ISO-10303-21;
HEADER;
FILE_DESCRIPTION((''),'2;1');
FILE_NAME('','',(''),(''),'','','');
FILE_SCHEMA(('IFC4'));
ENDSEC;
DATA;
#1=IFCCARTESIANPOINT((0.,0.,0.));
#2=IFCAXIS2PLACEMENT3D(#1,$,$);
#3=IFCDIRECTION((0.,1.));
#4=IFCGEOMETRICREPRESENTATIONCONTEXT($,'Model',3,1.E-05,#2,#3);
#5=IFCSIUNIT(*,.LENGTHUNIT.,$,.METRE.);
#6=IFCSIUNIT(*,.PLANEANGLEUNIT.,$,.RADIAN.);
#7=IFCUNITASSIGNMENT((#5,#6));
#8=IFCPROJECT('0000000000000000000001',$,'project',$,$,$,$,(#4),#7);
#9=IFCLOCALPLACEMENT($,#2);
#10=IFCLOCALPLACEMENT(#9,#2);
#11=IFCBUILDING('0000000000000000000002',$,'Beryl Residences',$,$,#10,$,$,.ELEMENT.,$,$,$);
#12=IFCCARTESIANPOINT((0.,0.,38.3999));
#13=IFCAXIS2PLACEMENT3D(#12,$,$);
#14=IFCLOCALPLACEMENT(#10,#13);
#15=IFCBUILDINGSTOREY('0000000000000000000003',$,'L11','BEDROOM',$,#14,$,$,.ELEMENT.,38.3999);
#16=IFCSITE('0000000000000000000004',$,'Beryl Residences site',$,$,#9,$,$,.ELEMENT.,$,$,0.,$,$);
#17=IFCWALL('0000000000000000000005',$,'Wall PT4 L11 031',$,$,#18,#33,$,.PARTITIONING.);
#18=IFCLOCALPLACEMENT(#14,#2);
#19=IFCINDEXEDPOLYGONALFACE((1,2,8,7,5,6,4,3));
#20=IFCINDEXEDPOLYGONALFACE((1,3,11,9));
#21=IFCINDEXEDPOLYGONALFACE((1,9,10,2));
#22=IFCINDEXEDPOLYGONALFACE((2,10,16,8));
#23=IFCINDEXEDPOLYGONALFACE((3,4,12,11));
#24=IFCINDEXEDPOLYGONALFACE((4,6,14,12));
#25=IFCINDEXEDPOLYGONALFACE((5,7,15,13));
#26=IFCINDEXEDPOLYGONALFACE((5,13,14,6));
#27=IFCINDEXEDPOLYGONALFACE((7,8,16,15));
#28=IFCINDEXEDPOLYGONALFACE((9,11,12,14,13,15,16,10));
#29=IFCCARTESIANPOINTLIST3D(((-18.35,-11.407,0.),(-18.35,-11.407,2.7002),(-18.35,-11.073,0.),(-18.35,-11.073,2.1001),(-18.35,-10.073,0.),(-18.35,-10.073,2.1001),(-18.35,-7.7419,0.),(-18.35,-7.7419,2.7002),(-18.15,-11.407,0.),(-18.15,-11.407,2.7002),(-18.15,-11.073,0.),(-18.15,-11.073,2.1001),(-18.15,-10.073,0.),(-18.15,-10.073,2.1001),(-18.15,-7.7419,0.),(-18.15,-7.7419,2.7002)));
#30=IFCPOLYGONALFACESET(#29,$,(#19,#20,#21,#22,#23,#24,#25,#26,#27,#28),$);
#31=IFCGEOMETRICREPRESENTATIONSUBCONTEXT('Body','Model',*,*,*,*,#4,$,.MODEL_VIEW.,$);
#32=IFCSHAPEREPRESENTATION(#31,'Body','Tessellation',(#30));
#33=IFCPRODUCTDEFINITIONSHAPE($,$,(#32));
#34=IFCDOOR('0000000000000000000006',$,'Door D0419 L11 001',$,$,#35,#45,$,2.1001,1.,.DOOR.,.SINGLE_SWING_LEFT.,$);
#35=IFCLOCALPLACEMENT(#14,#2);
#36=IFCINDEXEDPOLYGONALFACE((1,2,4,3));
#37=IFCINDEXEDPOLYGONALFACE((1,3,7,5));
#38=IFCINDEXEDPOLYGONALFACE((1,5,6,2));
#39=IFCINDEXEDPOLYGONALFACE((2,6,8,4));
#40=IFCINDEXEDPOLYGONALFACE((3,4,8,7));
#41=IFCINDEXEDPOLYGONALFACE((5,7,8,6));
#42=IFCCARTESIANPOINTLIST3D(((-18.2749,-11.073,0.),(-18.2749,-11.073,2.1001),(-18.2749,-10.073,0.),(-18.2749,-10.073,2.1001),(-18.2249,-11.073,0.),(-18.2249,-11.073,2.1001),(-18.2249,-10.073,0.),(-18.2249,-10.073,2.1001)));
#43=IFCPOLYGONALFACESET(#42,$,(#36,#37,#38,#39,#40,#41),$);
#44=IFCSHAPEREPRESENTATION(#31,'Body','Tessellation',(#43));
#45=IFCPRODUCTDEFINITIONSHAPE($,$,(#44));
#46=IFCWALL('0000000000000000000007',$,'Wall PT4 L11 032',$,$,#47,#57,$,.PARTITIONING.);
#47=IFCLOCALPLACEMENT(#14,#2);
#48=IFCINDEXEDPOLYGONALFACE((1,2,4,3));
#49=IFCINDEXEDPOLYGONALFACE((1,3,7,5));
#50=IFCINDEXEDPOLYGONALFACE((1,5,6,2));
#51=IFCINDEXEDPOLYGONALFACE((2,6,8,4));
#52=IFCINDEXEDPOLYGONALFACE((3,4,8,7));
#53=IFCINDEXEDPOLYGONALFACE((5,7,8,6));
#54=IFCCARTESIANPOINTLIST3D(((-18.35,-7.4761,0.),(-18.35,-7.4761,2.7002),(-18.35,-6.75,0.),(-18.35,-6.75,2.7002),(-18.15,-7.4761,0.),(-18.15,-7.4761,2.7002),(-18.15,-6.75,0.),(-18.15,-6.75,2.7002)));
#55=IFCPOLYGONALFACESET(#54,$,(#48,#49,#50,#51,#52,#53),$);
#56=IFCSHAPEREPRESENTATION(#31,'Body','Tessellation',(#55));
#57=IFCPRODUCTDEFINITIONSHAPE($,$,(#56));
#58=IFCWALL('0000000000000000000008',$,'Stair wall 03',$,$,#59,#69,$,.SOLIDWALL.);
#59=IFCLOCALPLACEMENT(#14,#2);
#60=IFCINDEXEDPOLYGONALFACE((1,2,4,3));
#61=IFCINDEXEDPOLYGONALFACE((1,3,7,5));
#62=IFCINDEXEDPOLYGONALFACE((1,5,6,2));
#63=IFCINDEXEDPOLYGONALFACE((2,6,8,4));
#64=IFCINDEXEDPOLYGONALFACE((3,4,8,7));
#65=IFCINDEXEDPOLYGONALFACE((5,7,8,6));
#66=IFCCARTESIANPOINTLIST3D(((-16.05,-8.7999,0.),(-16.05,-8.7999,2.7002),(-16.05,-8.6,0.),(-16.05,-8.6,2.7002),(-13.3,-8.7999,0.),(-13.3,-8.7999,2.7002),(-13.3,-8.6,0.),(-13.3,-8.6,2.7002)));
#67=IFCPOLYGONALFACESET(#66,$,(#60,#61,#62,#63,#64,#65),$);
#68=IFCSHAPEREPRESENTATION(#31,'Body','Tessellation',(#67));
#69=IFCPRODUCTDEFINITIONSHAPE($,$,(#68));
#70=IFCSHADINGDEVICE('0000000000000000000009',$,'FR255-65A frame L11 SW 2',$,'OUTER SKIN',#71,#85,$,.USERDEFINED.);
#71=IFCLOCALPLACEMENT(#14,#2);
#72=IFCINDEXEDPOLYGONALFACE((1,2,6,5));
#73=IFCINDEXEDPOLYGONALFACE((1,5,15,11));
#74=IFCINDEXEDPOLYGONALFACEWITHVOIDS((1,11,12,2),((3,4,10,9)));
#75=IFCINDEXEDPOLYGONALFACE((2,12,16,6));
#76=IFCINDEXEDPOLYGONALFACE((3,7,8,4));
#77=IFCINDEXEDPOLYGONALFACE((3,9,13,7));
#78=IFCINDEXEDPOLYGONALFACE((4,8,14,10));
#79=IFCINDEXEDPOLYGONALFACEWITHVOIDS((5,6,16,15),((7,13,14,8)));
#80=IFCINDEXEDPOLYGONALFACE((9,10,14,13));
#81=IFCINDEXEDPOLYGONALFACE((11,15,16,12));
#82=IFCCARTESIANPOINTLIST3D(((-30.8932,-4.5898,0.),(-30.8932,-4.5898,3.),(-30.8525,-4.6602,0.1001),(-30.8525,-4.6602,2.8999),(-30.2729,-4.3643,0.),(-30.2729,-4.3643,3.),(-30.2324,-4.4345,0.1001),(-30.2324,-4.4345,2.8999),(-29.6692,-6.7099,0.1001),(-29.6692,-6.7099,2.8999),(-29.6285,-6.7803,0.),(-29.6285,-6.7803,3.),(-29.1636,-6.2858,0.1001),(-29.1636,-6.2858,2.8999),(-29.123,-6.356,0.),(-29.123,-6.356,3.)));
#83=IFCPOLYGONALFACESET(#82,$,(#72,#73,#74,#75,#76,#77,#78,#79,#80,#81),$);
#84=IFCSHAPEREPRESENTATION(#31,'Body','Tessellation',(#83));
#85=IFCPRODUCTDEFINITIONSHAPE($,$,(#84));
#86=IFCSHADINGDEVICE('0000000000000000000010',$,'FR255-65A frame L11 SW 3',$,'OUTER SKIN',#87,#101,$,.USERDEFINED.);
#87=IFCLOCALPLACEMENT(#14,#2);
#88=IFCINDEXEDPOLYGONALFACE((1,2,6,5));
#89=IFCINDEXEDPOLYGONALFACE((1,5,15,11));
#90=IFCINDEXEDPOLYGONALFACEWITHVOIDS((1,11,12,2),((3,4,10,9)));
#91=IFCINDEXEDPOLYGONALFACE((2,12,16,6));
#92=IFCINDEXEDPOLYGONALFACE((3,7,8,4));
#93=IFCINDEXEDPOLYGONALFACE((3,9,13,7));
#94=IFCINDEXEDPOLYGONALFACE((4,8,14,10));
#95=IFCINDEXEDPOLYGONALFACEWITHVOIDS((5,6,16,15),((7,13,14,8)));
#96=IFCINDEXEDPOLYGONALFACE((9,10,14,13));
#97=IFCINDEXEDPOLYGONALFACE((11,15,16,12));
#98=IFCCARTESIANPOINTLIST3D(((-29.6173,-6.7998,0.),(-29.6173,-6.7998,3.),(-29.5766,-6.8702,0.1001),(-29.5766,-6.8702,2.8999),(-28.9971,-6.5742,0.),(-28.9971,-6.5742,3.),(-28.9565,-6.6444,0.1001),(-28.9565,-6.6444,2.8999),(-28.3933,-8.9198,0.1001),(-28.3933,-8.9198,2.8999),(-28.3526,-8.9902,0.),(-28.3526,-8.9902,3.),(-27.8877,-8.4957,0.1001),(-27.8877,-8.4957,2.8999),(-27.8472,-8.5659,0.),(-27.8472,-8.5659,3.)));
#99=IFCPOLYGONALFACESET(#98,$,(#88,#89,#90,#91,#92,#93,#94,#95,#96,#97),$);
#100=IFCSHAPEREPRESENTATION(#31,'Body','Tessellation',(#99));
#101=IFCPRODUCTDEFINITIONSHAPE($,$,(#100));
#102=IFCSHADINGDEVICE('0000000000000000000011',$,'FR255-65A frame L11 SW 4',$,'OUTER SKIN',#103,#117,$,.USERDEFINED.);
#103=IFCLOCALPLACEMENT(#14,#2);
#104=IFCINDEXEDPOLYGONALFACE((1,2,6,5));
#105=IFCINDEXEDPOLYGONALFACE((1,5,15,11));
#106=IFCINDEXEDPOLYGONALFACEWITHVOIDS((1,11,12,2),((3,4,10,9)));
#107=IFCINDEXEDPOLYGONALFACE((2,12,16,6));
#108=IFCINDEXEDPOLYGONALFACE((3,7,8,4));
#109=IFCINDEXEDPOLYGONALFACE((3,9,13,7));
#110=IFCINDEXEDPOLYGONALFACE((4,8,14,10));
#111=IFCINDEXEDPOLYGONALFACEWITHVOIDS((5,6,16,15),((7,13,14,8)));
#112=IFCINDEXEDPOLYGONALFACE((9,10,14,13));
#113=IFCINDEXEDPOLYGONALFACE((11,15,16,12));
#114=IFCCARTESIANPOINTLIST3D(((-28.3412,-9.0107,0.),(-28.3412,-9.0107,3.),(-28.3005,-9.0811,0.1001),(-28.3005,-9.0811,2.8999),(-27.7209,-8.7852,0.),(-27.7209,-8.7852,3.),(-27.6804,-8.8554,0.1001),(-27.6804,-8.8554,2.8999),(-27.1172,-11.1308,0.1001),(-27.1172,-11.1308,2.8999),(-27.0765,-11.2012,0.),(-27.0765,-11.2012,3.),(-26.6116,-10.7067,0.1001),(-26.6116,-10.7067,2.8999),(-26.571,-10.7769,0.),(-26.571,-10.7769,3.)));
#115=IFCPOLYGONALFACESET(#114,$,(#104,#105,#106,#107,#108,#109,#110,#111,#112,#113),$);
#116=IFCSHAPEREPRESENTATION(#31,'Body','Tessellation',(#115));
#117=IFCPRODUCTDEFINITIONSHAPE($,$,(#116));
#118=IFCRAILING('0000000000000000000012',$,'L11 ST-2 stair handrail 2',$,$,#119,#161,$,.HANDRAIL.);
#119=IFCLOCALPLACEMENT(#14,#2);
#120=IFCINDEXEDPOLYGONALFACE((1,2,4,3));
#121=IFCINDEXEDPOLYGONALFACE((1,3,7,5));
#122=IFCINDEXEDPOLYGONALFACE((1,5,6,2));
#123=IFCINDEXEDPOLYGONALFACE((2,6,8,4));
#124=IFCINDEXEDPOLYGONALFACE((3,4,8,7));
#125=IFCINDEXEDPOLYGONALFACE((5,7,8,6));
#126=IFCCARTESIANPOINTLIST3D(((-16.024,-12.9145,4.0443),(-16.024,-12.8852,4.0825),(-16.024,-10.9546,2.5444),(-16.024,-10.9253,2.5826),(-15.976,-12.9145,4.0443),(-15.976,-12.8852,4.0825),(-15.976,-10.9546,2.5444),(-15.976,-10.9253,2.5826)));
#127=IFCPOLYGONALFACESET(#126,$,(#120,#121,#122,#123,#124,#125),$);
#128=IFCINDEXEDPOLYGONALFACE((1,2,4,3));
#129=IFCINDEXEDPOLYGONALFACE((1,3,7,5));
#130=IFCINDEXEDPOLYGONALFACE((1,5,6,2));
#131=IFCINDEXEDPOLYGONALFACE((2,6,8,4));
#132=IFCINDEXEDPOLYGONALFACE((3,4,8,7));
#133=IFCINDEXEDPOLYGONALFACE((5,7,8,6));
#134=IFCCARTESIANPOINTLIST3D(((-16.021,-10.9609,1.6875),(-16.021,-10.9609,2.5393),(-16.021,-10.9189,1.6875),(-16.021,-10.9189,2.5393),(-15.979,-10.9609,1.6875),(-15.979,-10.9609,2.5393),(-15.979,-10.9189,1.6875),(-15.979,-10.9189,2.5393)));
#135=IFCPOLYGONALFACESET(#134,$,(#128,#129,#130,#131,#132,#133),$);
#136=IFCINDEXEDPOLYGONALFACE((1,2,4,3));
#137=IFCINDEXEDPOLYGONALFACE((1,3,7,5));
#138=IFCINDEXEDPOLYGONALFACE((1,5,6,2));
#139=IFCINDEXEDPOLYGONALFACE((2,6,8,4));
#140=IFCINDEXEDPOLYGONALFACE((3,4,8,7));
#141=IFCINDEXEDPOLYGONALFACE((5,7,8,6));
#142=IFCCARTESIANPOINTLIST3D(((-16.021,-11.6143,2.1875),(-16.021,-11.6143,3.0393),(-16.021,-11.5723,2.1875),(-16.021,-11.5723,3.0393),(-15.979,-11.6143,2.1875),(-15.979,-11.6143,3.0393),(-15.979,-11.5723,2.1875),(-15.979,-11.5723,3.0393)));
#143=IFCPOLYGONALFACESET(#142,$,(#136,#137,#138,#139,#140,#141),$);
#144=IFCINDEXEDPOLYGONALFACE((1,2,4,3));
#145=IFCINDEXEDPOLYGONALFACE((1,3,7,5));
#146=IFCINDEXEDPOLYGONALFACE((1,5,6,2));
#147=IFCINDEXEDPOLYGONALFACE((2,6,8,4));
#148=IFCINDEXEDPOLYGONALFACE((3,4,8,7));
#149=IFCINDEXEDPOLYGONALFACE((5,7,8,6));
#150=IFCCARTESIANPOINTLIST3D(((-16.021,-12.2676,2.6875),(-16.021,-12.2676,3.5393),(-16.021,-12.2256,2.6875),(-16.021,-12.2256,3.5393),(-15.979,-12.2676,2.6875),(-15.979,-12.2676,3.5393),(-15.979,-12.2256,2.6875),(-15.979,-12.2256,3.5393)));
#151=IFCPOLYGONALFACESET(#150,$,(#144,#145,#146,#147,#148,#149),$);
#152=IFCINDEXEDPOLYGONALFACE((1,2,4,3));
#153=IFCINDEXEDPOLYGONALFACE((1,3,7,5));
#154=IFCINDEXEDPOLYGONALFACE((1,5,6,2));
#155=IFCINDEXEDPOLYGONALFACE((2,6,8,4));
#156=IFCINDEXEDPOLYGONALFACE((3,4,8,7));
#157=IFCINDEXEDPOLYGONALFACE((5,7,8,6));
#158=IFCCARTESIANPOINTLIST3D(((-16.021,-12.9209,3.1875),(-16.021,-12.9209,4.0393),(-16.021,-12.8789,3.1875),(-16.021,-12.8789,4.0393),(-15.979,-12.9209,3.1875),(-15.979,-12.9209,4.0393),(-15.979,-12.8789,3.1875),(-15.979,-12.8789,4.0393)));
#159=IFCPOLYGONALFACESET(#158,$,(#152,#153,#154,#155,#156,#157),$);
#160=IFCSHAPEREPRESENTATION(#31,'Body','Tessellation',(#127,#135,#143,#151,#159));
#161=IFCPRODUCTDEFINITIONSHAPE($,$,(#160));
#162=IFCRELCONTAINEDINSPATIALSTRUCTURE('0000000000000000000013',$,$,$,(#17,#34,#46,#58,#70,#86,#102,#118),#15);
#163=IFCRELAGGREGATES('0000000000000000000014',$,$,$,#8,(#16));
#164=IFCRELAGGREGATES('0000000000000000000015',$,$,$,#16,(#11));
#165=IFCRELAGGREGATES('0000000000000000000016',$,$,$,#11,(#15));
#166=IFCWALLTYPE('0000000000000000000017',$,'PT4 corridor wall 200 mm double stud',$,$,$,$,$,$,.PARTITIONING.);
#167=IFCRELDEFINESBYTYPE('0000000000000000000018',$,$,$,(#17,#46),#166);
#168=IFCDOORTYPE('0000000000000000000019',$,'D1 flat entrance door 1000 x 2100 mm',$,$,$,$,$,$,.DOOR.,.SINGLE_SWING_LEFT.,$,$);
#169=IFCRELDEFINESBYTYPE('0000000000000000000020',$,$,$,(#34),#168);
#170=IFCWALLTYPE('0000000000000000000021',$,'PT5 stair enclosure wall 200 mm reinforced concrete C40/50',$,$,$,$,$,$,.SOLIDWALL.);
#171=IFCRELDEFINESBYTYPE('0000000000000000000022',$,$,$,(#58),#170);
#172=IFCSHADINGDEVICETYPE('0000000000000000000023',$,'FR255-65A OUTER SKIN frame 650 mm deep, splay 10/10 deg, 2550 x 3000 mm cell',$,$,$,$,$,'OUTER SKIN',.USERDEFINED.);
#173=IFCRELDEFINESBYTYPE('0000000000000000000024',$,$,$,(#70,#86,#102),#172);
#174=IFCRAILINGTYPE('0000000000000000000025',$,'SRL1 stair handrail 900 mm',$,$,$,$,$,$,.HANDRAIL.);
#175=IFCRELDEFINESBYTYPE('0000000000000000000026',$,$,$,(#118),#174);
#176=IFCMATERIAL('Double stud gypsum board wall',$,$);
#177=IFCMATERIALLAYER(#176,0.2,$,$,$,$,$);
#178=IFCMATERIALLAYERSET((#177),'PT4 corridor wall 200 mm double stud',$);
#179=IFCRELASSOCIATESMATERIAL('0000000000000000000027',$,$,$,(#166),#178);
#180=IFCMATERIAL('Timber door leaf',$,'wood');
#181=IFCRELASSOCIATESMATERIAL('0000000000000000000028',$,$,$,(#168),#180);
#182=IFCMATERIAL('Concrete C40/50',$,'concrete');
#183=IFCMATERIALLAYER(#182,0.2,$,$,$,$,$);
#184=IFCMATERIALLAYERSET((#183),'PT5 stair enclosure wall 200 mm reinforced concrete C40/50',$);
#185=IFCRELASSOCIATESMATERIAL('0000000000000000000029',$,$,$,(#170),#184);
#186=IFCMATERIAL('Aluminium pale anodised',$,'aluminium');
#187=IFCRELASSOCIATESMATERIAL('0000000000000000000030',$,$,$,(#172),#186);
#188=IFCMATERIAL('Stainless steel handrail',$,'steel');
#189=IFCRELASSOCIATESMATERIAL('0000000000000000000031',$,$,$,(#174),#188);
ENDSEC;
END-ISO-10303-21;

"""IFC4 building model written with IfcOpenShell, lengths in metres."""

from ifc_helpers import new_model, entity, si_unit, direction, frame, frame_2d, origin, origin_2d, place, context, subcontext, project, spatial, rectangle, extrude, source, transform, mapped, material, layer, layer_set, type_object, type_shapes, element, fill, save


model = new_model("IFC4")

# Units and contexts
model_context = context("Model", 3, precision=1e-05, world=origin(), true_north=direction((0.0, 1.0)))
body_context = subcontext(model_context, "Body", "Model", "MODEL_VIEW")
ifc_project = project(units=[si_unit("LENGTHUNIT", "METRE"), si_unit("PLANEANGLEUNIT", "RADIAN")], contexts=[model_context])

# Site, building, storey
site_placement = place(None, origin())
site = spatial("IfcSite", under=ifc_project, at=site_placement, Name="Beryl Residences site", CompositionType="ELEMENT", RefElevation=0.0)
building_placement = place(site_placement, origin())
building = spatial("IfcBuilding", under=site, at=building_placement, Name="Beryl Residences", CompositionType="ELEMENT")
storey_placement = place(building_placement, frame((0.0, 0.0, 38.3999)))
storey = spatial("IfcBuildingStorey", under=building, at=storey_placement, Name="L11", Description="BEDROOM", CompositionType="ELEMENT", Elevation=38.3999)

# Shared definitions
ifc_material_1 = material(Name="Double stud gypsum board wall")
ifc_layer_1 = layer(ifc_material_1, 0.2)
ifc_layer_set_1 = layer_set([ifc_layer_1], Name="PT4 corridor wall 200 mm double stud")
wall_type_1 = type_object("IfcWallType", Name="PT4 corridor wall 200 mm double stud", PredefinedType="PARTITIONING", material=ifc_layer_set_1)

# Wall, opening, door
wall_1_placement = place(storey_placement, frame((-18.25, -11.407, 0.0), z_axis=(0.0, 0.0, 1.0), x_axis=(0.0, 1.0, 0.0)))
wall_1 = element("IfcWall", 1, at=wall_1_placement, inside=storey, type_object=wall_type_1, Name="Wall PT4 L11 031", PredefinedType="PARTITIONING", context=body_context, shape_type="SweptSolid", body=[
    extrude(rectangle(XDim=3.665, YDim=0.2, at=frame_2d((1.8325, 0.0))), origin(), (0.0, 0.0, 1.0), 2.7002),
])
opening_1_placement = place(wall_1_placement, frame((0.334, 0.0, 0.0)))
opening_1 = element("IfcOpeningElement", 2, at=opening_1_placement, cuts=wall_1, PredefinedType="OPENING", context=body_context, shape_type="SweptSolid", body=[
    extrude(rectangle(XDim=1.0, YDim=2.1001, at=frame_2d((0.5, 1.05))), frame((0.0, 0.1099, 0.0), z_axis=(0.0, -1.0, 0.0), x_axis=(1.0, 0.0, 0.0)), (0.0, 0.0, 1.0), 0.22),
])
ifc_material_2 = material(Name="Timber door leaf", Category="wood")
door_type_1 = type_object("IfcDoorType", Name="D1 flat entrance door 1000 x 2100 mm", OperationType="SINGLE_SWING_LEFT", PredefinedType="DOOR", material=ifc_material_2)
door_1_placement = place(opening_1_placement, origin())
door_1 = element("IfcDoor", 3, at=door_1_placement, inside=storey, type_object=door_type_1, Name="Door D0419 L11 001", OperationType="SINGLE_SWING_LEFT", OverallHeight=2.1001, OverallWidth=1.0, PredefinedType="DOOR", context=body_context, shape_type="SweptSolid", body=[
    extrude(rectangle(XDim=1.0, YDim=2.1001, at=frame_2d((0.5, 1.05))), frame((0.0, 0.0249, 0.0), z_axis=(0.0, -1.0, 0.0), x_axis=(1.0, 0.0, 0.0)), (0.0, 0.0, 1.0), 0.05),
])
fill(opening_1, door_1)

# Walls
wall_2_placement = place(storey_placement, frame((-18.25, -7.4761, 0.0), z_axis=(0.0, 0.0, 1.0), x_axis=(0.0, 1.0, 0.0)))
element("IfcWall", 4, at=wall_2_placement, inside=storey, type_object=wall_type_1, Name="Wall PT4 L11 032", PredefinedType="PARTITIONING", context=body_context, shape_type="SweptSolid", body=[
    extrude(rectangle(XDim=0.7261, YDim=0.2, at=frame_2d((0.363, 0.0))), origin(), (0.0, 0.0, 1.0), 2.7002),
])
ifc_material_3 = material(Name="Concrete C40/50", Category="concrete")
ifc_layer_2 = layer(ifc_material_3, 0.2)
ifc_layer_set_2 = layer_set([ifc_layer_2], Name="PT5 stair enclosure wall 200 mm reinforced concrete C40/50")
wall_type_2 = type_object("IfcWallType", Name="PT5 stair enclosure wall 200 mm reinforced concrete C40/50", PredefinedType="SOLIDWALL", material=ifc_layer_set_2)
wall_3_placement = place(storey_placement, frame((-16.05, -8.7, 0.0), z_axis=(0.0, 0.0, 1.0), x_axis=(1.0, 0.0, 0.0)))
element("IfcWall", 5, at=wall_3_placement, inside=storey, type_object=wall_type_2, Name="Stair wall 03", PredefinedType="SOLIDWALL", context=body_context, shape_type="SweptSolid", body=[
    extrude(rectangle(XDim=2.75, YDim=0.2, at=frame_2d((1.375, 0.0))), origin(), (0.0, 0.0, 1.0), 2.7002),
])

# Shading devices
ifc_material_4 = material(Name="Aluminium pale anodised", Category="aluminium")
shading_device_type = type_object("IfcShadingDeviceType", Name="FR255-65A OUTER SKIN frame 650 mm deep, splay 10/10 deg, 2550 x 3000 mm cell", ElementType="OUTER SKIN", PredefinedType="USERDEFINED", material=ifc_material_4)
cartesian_point_1 = entity("IfcCartesianPoint", [-1.1499, 0.0])
cartesian_point_2 = entity("IfcCartesianPoint", [-1.0688, 0.1001])
cartesian_point_3 = entity("IfcCartesianPoint", [-1.2646, 0.0])
cartesian_point_4 = entity("IfcCartesianPoint", [-1.1833, 0.1001])
shared_shape = source(origin(), body_context, "Body", "SweptSolid", [
    entity("IfcExtrudedAreaSolidTapered", entity("IfcArbitraryProfileDefWithVoids", "AREA", None, entity("IfcPolyline", [cartesian_point_1, entity("IfcCartesianPoint", [1.1499, 0.0]), entity("IfcCartesianPoint", [1.1499, 3.0]), entity("IfcCartesianPoint", [-1.1499, 3.0]), cartesian_point_1]), [entity("IfcPolyline", [cartesian_point_2, entity("IfcCartesianPoint", [1.0688, 0.1001]), entity("IfcCartesianPoint", [1.0688, 2.8999]), entity("IfcCartesianPoint", [-1.0688, 2.8999]), cartesian_point_2])]), entity("IfcAxis2Placement3D", entity("IfcCartesianPoint", [0.0, 0.0, 0.0]), entity("IfcDirection", [0.0, 1.0, 0.0]), entity("IfcDirection", [-1.0, 0.0, 0.0])), entity("IfcDirection", [0.0, 0.0, 1.0]), 0.6499, entity("IfcArbitraryProfileDefWithVoids", "AREA", None, entity("IfcPolyline", [cartesian_point_3, entity("IfcCartesianPoint", [1.2646, 0.0]), entity("IfcCartesianPoint", [1.2646, 3.0]), entity("IfcCartesianPoint", [-1.2646, 3.0]), cartesian_point_3]), [entity("IfcPolyline", [cartesian_point_4, entity("IfcCartesianPoint", [1.1833, 0.1001]), entity("IfcCartesianPoint", [1.1833, 2.8999]), entity("IfcCartesianPoint", [-1.1833, 2.8999]), cartesian_point_4])])),
])
type_shapes(shading_device_type, [shared_shape])
for number, where, z_axis, x_axis, name in (
    (6, (-29.698, -5.3601, 0.0), (0.0, 0.0, 1.0), (-0.5, 0.866025, 0.0), "FR255-65A frame L11 SW 2"),
    (7, (-28.4221, -7.5701, 0.0), (0.0, 0.0, 1.0), (-0.5, 0.866025, 0.0), "FR255-65A frame L11 SW 3"),
    (8, (-27.146, -9.781, 0.0), (0.0, 0.0, 1.0), (-0.5, 0.866025, 0.0), "FR255-65A frame L11 SW 4"),
):
    element("IfcShadingDevice", number, at=place(storey_placement, frame(where, z_axis=z_axis, x_axis=x_axis)), inside=storey, type_object=shading_device_type, Name=name, ObjectType="OUTER SKIN", PredefinedType="USERDEFINED", context=body_context, shape_type="MappedRepresentation", body=[
        mapped(shared_shape, transform((0.0, 0.0, 0.0))),
    ])

# Railing
ifc_material_5 = material(Name="Stainless steel handrail", Category="steel")
railing_type = type_object("IfcRailingType", Name="SRL1 stair handrail 900 mm", PredefinedType="HANDRAIL", material=ifc_material_5)
railing_placement = place(storey_placement, frame((-16.0, -10.9399, 1.6875)))
element("IfcRailing", 9, at=railing_placement, inside=storey, type_object=railing_type, Name="L11 ST-2 stair handrail 2", PredefinedType="HANDRAIL", context=body_context, shape_type="SweptSolid", body=[
    extrude(rectangle(XDim=0.0481, YDim=0.0481, at=origin_2d()), frame((0.0, 0.0, 0.876), z_axis=(0.0, -0.794122, 0.607758), x_axis=(1.0, 0.0, 0.0)), (0.0, 0.0, 1.0), 2.468),
    extrude(rectangle(XDim=0.042, YDim=0.042, at=origin_2d()), origin(), (0.0, 0.0, 1.0), 0.8518),
    extrude(rectangle(XDim=0.042, YDim=0.042, at=origin_2d()), frame((0.0, -0.6533, 0.5)), (0.0, 0.0, 1.0), 0.8518),
    extrude(rectangle(XDim=0.042, YDim=0.042, at=origin_2d()), frame((0.0, -1.3066, 1.0)), (0.0, 0.0, 1.0), 0.8518),
    extrude(rectangle(XDim=0.042, YDim=0.042, at=origin_2d()), frame((0.0, -1.96, 1.5)), (0.0, 0.0, 1.0), 0.8518),
])

save(model, "model.ifc")
